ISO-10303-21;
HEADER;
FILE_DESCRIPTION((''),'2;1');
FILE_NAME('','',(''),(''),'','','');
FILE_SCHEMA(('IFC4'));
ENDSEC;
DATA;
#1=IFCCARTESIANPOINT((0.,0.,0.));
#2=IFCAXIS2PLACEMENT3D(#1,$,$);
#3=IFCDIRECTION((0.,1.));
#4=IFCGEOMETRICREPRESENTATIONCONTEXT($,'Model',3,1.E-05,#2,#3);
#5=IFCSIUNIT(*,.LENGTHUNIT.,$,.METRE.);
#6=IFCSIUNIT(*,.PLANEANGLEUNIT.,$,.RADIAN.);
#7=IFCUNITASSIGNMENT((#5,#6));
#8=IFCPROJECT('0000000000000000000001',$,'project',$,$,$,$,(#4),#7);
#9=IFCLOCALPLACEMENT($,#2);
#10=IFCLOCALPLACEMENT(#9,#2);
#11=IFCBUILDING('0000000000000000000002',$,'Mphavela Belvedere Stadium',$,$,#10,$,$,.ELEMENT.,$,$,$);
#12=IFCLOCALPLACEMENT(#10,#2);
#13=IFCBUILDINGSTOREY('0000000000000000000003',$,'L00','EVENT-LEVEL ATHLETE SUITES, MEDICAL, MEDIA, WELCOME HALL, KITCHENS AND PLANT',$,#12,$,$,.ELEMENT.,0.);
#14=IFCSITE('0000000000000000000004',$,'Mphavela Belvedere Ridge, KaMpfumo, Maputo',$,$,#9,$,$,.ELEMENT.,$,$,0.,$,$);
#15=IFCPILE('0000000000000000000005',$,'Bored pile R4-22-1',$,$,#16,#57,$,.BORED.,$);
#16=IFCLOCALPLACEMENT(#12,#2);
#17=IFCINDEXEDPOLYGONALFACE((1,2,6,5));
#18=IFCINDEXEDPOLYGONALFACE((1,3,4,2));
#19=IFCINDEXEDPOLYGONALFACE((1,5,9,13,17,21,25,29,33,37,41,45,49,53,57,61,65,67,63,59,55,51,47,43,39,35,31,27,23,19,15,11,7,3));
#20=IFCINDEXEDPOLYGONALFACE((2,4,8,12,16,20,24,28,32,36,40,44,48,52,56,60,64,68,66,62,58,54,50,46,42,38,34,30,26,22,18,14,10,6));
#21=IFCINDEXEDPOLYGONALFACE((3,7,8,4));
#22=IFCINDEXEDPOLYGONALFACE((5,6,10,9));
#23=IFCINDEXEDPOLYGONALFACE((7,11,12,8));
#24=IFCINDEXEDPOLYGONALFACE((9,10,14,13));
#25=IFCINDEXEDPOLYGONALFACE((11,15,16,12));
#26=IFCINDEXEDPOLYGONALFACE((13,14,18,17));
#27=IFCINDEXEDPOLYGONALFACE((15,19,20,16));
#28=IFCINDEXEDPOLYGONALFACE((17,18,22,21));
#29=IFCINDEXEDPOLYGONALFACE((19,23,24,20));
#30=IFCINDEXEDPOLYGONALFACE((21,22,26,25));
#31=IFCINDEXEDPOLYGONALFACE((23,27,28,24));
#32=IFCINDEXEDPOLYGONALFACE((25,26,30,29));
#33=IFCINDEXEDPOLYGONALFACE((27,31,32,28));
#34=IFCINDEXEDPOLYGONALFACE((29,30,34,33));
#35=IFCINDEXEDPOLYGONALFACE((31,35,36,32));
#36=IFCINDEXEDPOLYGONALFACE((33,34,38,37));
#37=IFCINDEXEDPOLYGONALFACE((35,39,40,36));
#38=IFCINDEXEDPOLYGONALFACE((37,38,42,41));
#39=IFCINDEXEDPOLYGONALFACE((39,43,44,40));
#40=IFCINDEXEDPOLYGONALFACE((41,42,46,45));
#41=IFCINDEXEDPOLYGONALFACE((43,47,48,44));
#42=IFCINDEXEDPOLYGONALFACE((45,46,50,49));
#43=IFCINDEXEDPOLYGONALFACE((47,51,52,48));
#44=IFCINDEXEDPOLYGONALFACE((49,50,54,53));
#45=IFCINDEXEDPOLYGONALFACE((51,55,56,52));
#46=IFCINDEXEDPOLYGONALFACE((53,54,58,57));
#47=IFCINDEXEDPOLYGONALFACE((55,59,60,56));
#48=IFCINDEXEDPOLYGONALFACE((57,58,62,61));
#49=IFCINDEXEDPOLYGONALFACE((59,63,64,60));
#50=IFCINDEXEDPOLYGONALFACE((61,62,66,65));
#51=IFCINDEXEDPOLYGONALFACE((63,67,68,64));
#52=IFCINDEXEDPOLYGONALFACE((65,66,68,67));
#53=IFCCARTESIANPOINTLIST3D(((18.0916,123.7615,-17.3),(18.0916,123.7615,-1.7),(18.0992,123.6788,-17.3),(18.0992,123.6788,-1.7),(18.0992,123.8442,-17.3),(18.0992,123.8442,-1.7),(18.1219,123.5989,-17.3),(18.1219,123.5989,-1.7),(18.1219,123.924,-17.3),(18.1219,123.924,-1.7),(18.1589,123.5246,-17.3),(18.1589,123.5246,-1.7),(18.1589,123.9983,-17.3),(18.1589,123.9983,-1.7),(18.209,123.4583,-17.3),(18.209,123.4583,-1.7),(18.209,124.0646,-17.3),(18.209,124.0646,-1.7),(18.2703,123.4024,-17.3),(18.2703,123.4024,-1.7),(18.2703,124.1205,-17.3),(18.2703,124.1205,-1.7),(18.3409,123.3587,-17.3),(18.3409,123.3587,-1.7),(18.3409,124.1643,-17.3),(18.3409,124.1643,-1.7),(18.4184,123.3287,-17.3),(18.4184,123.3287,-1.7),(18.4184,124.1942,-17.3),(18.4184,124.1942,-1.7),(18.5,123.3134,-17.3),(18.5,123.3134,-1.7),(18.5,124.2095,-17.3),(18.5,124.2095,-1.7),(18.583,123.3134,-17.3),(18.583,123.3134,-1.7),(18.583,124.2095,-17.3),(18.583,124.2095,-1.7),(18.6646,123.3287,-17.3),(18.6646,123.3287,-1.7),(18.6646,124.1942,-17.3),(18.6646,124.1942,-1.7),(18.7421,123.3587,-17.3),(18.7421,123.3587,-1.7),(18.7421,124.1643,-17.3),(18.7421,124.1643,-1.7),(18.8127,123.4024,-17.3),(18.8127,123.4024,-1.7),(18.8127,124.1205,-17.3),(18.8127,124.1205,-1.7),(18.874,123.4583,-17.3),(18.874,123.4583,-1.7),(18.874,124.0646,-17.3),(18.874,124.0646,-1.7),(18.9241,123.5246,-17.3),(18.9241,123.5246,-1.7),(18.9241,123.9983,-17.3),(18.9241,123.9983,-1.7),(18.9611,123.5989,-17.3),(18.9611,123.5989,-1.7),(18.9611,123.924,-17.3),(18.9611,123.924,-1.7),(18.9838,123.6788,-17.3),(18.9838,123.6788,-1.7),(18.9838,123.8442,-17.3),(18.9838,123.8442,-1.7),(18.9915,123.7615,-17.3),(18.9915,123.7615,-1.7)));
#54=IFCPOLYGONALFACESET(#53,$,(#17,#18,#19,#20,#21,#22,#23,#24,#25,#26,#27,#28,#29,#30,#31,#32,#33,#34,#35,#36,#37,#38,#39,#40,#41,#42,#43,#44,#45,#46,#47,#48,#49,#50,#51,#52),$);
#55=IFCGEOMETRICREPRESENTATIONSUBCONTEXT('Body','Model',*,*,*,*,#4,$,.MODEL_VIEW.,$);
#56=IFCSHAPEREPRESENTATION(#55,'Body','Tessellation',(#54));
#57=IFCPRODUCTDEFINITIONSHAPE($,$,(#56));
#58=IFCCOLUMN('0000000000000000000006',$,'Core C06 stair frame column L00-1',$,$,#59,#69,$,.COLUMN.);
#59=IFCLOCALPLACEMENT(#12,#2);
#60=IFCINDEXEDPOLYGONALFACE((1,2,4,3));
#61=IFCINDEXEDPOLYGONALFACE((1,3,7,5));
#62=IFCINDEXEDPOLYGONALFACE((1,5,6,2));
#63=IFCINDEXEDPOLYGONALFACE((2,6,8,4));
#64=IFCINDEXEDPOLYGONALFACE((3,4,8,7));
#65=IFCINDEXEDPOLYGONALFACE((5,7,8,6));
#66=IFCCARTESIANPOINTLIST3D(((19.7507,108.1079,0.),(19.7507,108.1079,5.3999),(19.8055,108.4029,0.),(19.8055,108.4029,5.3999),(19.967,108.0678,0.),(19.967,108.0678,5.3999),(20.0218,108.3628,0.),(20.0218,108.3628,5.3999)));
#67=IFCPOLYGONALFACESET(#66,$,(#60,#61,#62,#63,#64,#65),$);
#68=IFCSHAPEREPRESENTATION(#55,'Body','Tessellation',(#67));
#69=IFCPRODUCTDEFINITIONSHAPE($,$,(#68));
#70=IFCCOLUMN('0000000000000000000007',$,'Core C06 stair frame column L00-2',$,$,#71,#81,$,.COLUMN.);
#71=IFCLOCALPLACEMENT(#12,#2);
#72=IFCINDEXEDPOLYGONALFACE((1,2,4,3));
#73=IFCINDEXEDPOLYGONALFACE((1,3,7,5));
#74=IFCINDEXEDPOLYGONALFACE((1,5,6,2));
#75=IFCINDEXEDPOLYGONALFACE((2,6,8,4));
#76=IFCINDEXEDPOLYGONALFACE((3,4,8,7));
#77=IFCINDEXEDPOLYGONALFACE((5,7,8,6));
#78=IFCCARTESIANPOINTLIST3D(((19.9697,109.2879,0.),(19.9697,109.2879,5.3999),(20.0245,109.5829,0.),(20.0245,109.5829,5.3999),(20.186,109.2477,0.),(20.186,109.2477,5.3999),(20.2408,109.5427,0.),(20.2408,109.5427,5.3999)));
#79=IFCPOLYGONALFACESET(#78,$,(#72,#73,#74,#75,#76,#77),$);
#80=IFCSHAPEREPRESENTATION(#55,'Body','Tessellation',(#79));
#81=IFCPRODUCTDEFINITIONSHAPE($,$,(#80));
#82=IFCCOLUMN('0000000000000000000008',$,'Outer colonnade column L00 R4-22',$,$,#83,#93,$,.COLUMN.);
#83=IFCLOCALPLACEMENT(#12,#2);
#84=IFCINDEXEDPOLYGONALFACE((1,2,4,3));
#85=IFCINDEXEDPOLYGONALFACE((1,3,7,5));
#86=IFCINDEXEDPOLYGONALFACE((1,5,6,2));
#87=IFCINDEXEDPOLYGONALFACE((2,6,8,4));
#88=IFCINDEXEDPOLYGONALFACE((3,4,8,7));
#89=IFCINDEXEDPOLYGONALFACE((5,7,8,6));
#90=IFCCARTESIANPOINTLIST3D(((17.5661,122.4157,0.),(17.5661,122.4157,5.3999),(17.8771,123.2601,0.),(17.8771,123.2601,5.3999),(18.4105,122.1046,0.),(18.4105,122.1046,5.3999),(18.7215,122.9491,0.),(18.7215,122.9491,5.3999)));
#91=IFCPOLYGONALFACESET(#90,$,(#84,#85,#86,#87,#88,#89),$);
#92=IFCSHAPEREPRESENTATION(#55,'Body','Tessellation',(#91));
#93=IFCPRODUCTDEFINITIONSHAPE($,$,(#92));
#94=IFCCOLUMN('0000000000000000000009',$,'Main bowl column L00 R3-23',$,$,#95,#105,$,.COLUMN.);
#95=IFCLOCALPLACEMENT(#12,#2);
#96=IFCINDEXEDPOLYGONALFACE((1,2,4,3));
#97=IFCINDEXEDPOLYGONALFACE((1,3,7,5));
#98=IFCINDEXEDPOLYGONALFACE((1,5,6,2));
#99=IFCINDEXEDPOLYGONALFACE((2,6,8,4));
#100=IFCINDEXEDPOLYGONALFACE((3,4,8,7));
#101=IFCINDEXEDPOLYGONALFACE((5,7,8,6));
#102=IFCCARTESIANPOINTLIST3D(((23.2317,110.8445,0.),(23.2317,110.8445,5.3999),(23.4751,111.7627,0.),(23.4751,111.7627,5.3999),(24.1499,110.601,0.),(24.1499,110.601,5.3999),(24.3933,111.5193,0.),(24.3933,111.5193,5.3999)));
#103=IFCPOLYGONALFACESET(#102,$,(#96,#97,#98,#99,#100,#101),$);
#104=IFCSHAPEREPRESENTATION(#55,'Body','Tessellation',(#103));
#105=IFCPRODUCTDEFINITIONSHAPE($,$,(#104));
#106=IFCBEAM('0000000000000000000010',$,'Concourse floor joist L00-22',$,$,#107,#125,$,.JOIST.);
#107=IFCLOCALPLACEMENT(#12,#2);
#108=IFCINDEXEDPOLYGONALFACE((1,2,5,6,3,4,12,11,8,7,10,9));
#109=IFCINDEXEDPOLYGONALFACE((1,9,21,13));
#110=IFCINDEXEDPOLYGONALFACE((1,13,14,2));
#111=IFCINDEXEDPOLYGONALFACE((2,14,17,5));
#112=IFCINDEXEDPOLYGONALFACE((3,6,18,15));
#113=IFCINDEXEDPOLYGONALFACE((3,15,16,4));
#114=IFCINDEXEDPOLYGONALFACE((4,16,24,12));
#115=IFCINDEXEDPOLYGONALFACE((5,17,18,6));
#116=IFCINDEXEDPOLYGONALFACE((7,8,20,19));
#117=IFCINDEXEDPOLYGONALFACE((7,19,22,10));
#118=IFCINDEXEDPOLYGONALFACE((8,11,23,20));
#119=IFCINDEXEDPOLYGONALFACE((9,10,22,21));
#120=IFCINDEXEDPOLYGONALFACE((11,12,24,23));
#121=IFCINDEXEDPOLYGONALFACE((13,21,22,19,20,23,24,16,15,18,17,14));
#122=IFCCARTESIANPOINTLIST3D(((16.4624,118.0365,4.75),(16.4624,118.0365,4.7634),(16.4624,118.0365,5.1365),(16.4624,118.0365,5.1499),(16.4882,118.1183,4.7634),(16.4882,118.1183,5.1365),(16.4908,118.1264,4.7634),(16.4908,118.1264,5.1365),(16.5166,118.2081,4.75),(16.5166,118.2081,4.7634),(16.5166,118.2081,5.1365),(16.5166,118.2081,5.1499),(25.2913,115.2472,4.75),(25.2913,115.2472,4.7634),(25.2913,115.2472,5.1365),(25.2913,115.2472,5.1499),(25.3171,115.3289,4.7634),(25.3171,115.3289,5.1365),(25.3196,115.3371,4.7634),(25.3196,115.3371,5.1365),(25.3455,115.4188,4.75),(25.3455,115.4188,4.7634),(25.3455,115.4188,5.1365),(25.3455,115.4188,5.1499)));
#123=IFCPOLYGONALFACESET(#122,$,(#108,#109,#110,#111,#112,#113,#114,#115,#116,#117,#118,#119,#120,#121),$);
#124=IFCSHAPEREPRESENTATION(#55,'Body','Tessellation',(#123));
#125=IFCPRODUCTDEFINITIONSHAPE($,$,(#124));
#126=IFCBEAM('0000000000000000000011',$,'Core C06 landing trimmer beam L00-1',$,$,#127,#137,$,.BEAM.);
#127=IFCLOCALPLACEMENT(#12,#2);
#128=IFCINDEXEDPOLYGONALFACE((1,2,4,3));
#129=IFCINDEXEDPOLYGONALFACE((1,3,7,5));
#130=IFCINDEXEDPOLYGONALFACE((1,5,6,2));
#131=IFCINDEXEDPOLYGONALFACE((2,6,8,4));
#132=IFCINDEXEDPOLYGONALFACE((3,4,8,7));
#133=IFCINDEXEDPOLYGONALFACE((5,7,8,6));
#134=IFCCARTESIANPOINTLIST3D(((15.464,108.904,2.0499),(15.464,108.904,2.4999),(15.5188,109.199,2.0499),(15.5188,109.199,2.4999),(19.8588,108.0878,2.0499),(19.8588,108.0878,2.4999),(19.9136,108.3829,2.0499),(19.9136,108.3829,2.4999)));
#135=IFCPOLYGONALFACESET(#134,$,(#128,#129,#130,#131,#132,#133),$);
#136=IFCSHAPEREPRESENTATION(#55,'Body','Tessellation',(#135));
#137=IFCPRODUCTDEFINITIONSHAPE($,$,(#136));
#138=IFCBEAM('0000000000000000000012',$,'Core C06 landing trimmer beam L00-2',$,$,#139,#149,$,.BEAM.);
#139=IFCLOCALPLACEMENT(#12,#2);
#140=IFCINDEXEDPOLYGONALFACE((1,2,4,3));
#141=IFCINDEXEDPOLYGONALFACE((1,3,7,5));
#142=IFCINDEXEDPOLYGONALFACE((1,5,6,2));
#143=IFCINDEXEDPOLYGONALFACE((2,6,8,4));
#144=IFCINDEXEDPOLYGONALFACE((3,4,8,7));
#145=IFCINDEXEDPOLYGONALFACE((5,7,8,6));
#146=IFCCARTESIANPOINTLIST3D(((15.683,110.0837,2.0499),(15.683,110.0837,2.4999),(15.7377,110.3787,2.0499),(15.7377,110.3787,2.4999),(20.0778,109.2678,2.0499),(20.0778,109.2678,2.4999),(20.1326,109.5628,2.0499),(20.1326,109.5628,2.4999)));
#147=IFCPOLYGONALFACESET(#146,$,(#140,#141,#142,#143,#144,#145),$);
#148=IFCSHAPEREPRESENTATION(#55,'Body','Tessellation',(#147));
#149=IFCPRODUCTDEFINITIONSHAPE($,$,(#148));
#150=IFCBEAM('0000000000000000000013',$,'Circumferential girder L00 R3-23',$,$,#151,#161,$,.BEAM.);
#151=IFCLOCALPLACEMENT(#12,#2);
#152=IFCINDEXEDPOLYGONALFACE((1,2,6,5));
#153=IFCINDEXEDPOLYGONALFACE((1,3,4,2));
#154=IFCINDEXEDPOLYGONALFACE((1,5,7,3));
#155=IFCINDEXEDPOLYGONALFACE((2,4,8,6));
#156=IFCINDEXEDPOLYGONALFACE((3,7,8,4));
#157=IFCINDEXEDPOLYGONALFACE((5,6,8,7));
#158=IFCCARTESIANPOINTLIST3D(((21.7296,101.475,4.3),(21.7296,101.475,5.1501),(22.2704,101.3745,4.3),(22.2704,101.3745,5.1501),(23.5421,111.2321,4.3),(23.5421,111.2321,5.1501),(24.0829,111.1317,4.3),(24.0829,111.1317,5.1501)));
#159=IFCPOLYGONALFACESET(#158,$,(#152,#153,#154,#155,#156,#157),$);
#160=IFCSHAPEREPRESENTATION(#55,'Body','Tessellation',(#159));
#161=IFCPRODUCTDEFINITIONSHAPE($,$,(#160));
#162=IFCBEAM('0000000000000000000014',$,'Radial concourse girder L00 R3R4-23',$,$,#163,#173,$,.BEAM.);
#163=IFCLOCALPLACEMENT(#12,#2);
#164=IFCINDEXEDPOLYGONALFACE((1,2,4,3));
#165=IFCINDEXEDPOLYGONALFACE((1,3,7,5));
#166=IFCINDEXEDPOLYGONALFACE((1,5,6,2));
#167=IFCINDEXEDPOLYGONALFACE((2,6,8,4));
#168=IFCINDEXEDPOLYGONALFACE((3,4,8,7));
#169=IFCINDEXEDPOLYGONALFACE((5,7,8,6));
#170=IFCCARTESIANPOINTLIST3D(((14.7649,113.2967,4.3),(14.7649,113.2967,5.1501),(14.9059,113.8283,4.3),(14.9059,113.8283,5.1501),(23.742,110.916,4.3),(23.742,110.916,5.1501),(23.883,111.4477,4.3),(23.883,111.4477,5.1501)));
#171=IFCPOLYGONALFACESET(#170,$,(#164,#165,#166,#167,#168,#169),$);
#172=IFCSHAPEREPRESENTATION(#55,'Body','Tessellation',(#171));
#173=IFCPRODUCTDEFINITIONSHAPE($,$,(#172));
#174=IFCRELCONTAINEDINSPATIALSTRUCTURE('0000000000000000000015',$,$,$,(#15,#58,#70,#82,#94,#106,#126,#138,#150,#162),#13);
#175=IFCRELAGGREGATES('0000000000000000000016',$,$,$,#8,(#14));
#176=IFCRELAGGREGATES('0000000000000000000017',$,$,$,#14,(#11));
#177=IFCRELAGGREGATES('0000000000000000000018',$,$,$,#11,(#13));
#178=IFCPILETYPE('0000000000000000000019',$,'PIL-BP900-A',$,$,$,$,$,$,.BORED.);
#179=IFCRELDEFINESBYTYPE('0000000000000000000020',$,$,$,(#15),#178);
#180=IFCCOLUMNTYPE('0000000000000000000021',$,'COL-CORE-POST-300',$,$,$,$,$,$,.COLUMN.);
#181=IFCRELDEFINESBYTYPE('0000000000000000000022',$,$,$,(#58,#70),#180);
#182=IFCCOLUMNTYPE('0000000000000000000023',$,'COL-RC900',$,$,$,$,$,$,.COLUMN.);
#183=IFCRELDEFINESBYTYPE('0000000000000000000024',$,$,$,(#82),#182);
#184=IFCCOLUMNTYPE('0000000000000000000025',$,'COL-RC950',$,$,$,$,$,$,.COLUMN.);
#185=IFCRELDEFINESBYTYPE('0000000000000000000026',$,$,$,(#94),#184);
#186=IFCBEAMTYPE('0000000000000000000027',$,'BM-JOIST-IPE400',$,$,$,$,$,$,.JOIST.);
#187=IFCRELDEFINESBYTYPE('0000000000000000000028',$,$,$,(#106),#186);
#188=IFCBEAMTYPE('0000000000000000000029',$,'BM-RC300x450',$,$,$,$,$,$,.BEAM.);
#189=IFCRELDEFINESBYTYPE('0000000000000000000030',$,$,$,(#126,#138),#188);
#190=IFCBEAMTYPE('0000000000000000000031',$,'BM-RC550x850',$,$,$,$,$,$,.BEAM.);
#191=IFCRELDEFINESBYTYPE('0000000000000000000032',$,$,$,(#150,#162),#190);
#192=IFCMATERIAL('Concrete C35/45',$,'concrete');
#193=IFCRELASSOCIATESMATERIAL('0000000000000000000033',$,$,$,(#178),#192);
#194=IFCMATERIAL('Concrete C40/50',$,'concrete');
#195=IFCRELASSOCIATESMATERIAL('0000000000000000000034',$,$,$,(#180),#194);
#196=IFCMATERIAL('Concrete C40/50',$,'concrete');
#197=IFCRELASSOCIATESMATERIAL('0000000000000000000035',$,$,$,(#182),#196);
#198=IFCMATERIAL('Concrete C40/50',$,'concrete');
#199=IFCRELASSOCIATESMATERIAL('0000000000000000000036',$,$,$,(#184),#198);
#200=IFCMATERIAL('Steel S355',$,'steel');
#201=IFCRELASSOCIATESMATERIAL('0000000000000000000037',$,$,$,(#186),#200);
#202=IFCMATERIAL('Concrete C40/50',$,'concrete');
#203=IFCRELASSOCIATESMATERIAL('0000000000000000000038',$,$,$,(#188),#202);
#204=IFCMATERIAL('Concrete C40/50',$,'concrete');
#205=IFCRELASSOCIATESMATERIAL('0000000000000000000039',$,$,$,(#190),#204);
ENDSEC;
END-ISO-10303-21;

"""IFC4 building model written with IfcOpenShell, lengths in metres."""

from ifc_helpers import new_model, si_unit, direction, frame, origin, origin_2d, place, context, subcontext, project, spatial, rectangle, circle, i_section, extrude, material, material_profile, profile_set, type_object, element, save


model = new_model("IFC4")

# Units and contexts
model_context = context("Model", 3, precision=1e-05, world=origin(), true_north=direction((0.0, 1.0)))
body_context = subcontext(model_context, "Body", "Model", "MODEL_VIEW")
ifc_project = project(units=[si_unit("LENGTHUNIT", "METRE"), si_unit("PLANEANGLEUNIT", "RADIAN")], contexts=[model_context])

# Site, building, storey
site_placement = place(None, origin())
site = spatial("IfcSite", under=ifc_project, at=site_placement, Name="Mphavela Belvedere Ridge, KaMpfumo, Maputo", CompositionType="ELEMENT", RefElevation=0.0)
building_placement = place(site_placement, origin())
building = spatial("IfcBuilding", under=site, at=building_placement, Name="Mphavela Belvedere Stadium", CompositionType="ELEMENT")
storey_placement = place(building_placement, origin())
storey = spatial("IfcBuildingStorey", under=building, at=storey_placement, Name="L00", Description="EVENT-LEVEL ATHLETE SUITES, MEDICAL, MEDIA, WELCOME HALL, KITCHENS AND PLANT", CompositionType="ELEMENT", Elevation=0.0)

# Pile
ifc_material_1 = material(Name="Concrete C35/45", Category="concrete")
ifc_material_profile_1 = material_profile(ifc_material_1, circle(Radius=0.45, at=origin_2d()), Name="BP D900")
ifc_profile_set_1 = profile_set([ifc_material_profile_1], Name="Concrete C35/45")
pile_type_1 = type_object("IfcPileType", Name="PIL-BP900-A", PredefinedType="BORED", material=ifc_profile_set_1)
pile_placement = place(storey_placement, frame((18.5415, 123.7615, -1.7), z_axis=(0.0, 0.0, -1.0), x_axis=(1.0, 0.0, 0.0)))
element("IfcPile", 1, at=pile_placement, inside=storey, type_object=pile_type_1, Name="Bored pile R4-22-1", PredefinedType="BORED", context=body_context, shape_type="SweptSolid", body=[
    extrude(circle(Radius=0.45, at=origin_2d()), origin(), (0.0, 0.0, 1.0), 15.6001),
])

# Columns
ifc_material_2 = material(Name="Concrete C40/50", Category="concrete")
ifc_material_profile_2 = material_profile(ifc_material_2, rectangle(XDim=0.3, YDim=0.22, at=origin_2d()), Name="RC 300x220")
ifc_profile_set_2 = profile_set([ifc_material_profile_2], Name="Concrete C40/50")
column_type_1 = type_object("IfcColumnType", Name="COL-CORE-POST-300", PredefinedType="COLUMN", material=ifc_profile_set_2)
for number, where, z_axis, x_axis, name in (
    (2, (19.8862, 108.2354, 0.0), (0.0, 0.0, 1.0), (0.182579, 0.983191, 0.0), "Core C06 stair frame column L00-1"),
    (3, (20.1052, 109.4153, 0.0), (0.0, 0.0, 1.0), (0.182579, 0.983191, 0.0), "Core C06 stair frame column L00-2"),
):
    element("IfcColumn", number, at=place(storey_placement, frame(where, z_axis=z_axis, x_axis=x_axis)), inside=storey, type_object=column_type_1, Name=name, PredefinedType="COLUMN", context=body_context, shape_type="SweptSolid", body=[
        extrude(rectangle(XDim=0.3, YDim=0.22, at=origin_2d()), origin(), (0.0, 0.0, 1.0), 5.3999),
    ])
ifc_material_3 = material(Name="Concrete C40/50", Category="concrete")
ifc_material_profile_3 = material_profile(ifc_material_3, rectangle(XDim=0.8999, YDim=0.8999, at=origin_2d()), Name="RC 900x900")
ifc_profile_set_3 = profile_set([ifc_material_profile_3], Name="Concrete C40/50")
column_type_2 = type_object("IfcColumnType", Name="COL-RC900", PredefinedType="COLUMN", material=ifc_profile_set_3)
column_1_placement = place(storey_placement, frame((18.1438, 122.6824, 0.0), z_axis=(0.0, 0.0, 1.0), x_axis=(-0.938372, 0.345626, 0.0)))
element("IfcColumn", 4, at=column_1_placement, inside=storey, type_object=column_type_2, Name="Outer colonnade column L00 R4-22", PredefinedType="COLUMN", context=body_context, shape_type="SweptSolid", body=[
    extrude(rectangle(XDim=0.8999, YDim=0.8999, at=origin_2d()), origin(), (0.0, 0.0, 1.0), 5.3999),
])
ifc_material_4 = material(Name="Concrete C40/50", Category="concrete")
ifc_material_profile_4 = material_profile(ifc_material_4, rectangle(XDim=0.95, YDim=0.95, at=origin_2d()), Name="RC 950x950")
ifc_profile_set_4 = profile_set([ifc_material_profile_4], Name="Concrete C40/50")
column_type_3 = type_object("IfcColumnType", Name="COL-RC950", PredefinedType="COLUMN", material=ifc_profile_set_4)
column_2_placement = place(storey_placement, frame((23.8125, 111.1819, 0.0), z_axis=(0.0, 0.0, 1.0), x_axis=(-0.9666, 0.256289, 0.0)))
element("IfcColumn", 5, at=column_2_placement, inside=storey, type_object=column_type_3, Name="Main bowl column L00 R3-23", PredefinedType="COLUMN", context=body_context, shape_type="SweptSolid", body=[
    extrude(rectangle(XDim=0.95, YDim=0.95, at=origin_2d()), origin(), (0.0, 0.0, 1.0), 5.3999),
])

# Beams
ifc_material_5 = material(Name="Steel S355", Category="steel")
ifc_material_profile_5 = material_profile(ifc_material_5, i_section(OverallWidth=0.1799, OverallDepth=0.3999, WebThickness=0.0085, FlangeThickness=0.0134, at=origin_2d()), Name="IPE 400")
ifc_profile_set_5 = profile_set([ifc_material_profile_5], Name="Steel S355")
beam_type_1 = type_object("IfcBeamType", Name="BM-JOIST-IPE400", PredefinedType="JOIST", material=ifc_profile_set_5)
beam_1_placement = place(storey_placement, frame((25.3184, 115.333, 4.95), z_axis=(-0.953544, 0.301254, 0.0), x_axis=(-0.301254, -0.953544, 0.0)))
element("IfcBeam", 6, at=beam_1_placement, inside=storey, type_object=beam_type_1, Name="Concourse floor joist L00-22", PredefinedType="JOIST", context=body_context, shape_type="SweptSolid", body=[
    extrude(i_section(OverallWidth=0.1799, OverallDepth=0.3999, WebThickness=0.0085, FlangeThickness=0.0134, at=origin_2d()), origin(), (0.0, 0.0, 1.0), 9.259),
])
ifc_material_6 = material(Name="Concrete C40/50", Category="concrete")
ifc_material_profile_6 = material_profile(ifc_material_6, rectangle(XDim=0.3, YDim=0.45, at=origin_2d()), Name="RC 300x450")
ifc_profile_set_6 = profile_set([ifc_material_profile_6], Name="Concrete C40/50")
beam_type_2 = type_object("IfcBeamType", Name="BM-RC300x450", PredefinedType="BEAM", material=ifc_profile_set_6)
for number, where, z_axis, x_axis, name in (
    (7, (19.8862, 108.2354, 2.2749), (-0.983189, 0.18259, 0.0), (-0.18259, -0.983189, 0.0), "Core C06 landing trimmer beam L00-1"),
    (8, (20.1052, 109.4153, 2.2749), (-0.983199, 0.182537, 0.0), (-0.182537, -0.983199, 0.0), "Core C06 landing trimmer beam L00-2"),
):
    element("IfcBeam", number, at=place(storey_placement, frame(where, z_axis=z_axis, x_axis=x_axis)), inside=storey, type_object=beam_type_2, Name=name, PredefinedType="BEAM", context=body_context, shape_type="SweptSolid", body=[
        extrude(rectangle(XDim=0.3, YDim=0.45, at=origin_2d()), origin(), (0.0, 0.0, 1.0), 4.47),
    ])
ifc_material_7 = material(Name="Concrete C40/50", Category="concrete")
ifc_material_profile_7 = material_profile(ifc_material_7, rectangle(XDim=0.55, YDim=0.8501, at=origin_2d()), Name="RC 550x850")
ifc_profile_set_7 = profile_set([ifc_material_profile_7], Name="Concrete C40/50")
beam_type_3 = type_object("IfcBeamType", Name="BM-RC550x850", PredefinedType="BEAM", material=ifc_profile_set_7)
beam_2_placement = place(storey_placement, frame((23.8125, 111.1819, 4.7251), z_axis=(-0.182638, -0.98318, 0.0), x_axis=(0.98318, -0.182638, 0.0)))
element("IfcBeam", 9, at=beam_2_placement, inside=storey, type_object=beam_type_3, Name="Circumferential girder L00 R3-23", PredefinedType="BEAM", context=body_context, shape_type="SweptSolid", body=[
    extrude(rectangle(XDim=0.55, YDim=0.8501, at=origin_2d()), origin(), (0.0, 0.0, 1.0), 9.9241),
])
beam_3_placement = place(storey_placement, frame((23.8125, 111.1819, 4.7251), z_axis=(-0.96659, 0.256329, 0.0), x_axis=(-0.256329, -0.96659, 0.0)))
element("IfcBeam", 10, at=beam_3_placement, inside=storey, type_object=beam_type_3, Name="Radial concourse girder L00 R3R4-23", PredefinedType="BEAM", context=body_context, shape_type="SweptSolid", body=[
    extrude(rectangle(XDim=0.55, YDim=0.8501, at=origin_2d()), origin(), (0.0, 0.0, 1.0), 9.2874),
])

save(model, "model.ifc")
